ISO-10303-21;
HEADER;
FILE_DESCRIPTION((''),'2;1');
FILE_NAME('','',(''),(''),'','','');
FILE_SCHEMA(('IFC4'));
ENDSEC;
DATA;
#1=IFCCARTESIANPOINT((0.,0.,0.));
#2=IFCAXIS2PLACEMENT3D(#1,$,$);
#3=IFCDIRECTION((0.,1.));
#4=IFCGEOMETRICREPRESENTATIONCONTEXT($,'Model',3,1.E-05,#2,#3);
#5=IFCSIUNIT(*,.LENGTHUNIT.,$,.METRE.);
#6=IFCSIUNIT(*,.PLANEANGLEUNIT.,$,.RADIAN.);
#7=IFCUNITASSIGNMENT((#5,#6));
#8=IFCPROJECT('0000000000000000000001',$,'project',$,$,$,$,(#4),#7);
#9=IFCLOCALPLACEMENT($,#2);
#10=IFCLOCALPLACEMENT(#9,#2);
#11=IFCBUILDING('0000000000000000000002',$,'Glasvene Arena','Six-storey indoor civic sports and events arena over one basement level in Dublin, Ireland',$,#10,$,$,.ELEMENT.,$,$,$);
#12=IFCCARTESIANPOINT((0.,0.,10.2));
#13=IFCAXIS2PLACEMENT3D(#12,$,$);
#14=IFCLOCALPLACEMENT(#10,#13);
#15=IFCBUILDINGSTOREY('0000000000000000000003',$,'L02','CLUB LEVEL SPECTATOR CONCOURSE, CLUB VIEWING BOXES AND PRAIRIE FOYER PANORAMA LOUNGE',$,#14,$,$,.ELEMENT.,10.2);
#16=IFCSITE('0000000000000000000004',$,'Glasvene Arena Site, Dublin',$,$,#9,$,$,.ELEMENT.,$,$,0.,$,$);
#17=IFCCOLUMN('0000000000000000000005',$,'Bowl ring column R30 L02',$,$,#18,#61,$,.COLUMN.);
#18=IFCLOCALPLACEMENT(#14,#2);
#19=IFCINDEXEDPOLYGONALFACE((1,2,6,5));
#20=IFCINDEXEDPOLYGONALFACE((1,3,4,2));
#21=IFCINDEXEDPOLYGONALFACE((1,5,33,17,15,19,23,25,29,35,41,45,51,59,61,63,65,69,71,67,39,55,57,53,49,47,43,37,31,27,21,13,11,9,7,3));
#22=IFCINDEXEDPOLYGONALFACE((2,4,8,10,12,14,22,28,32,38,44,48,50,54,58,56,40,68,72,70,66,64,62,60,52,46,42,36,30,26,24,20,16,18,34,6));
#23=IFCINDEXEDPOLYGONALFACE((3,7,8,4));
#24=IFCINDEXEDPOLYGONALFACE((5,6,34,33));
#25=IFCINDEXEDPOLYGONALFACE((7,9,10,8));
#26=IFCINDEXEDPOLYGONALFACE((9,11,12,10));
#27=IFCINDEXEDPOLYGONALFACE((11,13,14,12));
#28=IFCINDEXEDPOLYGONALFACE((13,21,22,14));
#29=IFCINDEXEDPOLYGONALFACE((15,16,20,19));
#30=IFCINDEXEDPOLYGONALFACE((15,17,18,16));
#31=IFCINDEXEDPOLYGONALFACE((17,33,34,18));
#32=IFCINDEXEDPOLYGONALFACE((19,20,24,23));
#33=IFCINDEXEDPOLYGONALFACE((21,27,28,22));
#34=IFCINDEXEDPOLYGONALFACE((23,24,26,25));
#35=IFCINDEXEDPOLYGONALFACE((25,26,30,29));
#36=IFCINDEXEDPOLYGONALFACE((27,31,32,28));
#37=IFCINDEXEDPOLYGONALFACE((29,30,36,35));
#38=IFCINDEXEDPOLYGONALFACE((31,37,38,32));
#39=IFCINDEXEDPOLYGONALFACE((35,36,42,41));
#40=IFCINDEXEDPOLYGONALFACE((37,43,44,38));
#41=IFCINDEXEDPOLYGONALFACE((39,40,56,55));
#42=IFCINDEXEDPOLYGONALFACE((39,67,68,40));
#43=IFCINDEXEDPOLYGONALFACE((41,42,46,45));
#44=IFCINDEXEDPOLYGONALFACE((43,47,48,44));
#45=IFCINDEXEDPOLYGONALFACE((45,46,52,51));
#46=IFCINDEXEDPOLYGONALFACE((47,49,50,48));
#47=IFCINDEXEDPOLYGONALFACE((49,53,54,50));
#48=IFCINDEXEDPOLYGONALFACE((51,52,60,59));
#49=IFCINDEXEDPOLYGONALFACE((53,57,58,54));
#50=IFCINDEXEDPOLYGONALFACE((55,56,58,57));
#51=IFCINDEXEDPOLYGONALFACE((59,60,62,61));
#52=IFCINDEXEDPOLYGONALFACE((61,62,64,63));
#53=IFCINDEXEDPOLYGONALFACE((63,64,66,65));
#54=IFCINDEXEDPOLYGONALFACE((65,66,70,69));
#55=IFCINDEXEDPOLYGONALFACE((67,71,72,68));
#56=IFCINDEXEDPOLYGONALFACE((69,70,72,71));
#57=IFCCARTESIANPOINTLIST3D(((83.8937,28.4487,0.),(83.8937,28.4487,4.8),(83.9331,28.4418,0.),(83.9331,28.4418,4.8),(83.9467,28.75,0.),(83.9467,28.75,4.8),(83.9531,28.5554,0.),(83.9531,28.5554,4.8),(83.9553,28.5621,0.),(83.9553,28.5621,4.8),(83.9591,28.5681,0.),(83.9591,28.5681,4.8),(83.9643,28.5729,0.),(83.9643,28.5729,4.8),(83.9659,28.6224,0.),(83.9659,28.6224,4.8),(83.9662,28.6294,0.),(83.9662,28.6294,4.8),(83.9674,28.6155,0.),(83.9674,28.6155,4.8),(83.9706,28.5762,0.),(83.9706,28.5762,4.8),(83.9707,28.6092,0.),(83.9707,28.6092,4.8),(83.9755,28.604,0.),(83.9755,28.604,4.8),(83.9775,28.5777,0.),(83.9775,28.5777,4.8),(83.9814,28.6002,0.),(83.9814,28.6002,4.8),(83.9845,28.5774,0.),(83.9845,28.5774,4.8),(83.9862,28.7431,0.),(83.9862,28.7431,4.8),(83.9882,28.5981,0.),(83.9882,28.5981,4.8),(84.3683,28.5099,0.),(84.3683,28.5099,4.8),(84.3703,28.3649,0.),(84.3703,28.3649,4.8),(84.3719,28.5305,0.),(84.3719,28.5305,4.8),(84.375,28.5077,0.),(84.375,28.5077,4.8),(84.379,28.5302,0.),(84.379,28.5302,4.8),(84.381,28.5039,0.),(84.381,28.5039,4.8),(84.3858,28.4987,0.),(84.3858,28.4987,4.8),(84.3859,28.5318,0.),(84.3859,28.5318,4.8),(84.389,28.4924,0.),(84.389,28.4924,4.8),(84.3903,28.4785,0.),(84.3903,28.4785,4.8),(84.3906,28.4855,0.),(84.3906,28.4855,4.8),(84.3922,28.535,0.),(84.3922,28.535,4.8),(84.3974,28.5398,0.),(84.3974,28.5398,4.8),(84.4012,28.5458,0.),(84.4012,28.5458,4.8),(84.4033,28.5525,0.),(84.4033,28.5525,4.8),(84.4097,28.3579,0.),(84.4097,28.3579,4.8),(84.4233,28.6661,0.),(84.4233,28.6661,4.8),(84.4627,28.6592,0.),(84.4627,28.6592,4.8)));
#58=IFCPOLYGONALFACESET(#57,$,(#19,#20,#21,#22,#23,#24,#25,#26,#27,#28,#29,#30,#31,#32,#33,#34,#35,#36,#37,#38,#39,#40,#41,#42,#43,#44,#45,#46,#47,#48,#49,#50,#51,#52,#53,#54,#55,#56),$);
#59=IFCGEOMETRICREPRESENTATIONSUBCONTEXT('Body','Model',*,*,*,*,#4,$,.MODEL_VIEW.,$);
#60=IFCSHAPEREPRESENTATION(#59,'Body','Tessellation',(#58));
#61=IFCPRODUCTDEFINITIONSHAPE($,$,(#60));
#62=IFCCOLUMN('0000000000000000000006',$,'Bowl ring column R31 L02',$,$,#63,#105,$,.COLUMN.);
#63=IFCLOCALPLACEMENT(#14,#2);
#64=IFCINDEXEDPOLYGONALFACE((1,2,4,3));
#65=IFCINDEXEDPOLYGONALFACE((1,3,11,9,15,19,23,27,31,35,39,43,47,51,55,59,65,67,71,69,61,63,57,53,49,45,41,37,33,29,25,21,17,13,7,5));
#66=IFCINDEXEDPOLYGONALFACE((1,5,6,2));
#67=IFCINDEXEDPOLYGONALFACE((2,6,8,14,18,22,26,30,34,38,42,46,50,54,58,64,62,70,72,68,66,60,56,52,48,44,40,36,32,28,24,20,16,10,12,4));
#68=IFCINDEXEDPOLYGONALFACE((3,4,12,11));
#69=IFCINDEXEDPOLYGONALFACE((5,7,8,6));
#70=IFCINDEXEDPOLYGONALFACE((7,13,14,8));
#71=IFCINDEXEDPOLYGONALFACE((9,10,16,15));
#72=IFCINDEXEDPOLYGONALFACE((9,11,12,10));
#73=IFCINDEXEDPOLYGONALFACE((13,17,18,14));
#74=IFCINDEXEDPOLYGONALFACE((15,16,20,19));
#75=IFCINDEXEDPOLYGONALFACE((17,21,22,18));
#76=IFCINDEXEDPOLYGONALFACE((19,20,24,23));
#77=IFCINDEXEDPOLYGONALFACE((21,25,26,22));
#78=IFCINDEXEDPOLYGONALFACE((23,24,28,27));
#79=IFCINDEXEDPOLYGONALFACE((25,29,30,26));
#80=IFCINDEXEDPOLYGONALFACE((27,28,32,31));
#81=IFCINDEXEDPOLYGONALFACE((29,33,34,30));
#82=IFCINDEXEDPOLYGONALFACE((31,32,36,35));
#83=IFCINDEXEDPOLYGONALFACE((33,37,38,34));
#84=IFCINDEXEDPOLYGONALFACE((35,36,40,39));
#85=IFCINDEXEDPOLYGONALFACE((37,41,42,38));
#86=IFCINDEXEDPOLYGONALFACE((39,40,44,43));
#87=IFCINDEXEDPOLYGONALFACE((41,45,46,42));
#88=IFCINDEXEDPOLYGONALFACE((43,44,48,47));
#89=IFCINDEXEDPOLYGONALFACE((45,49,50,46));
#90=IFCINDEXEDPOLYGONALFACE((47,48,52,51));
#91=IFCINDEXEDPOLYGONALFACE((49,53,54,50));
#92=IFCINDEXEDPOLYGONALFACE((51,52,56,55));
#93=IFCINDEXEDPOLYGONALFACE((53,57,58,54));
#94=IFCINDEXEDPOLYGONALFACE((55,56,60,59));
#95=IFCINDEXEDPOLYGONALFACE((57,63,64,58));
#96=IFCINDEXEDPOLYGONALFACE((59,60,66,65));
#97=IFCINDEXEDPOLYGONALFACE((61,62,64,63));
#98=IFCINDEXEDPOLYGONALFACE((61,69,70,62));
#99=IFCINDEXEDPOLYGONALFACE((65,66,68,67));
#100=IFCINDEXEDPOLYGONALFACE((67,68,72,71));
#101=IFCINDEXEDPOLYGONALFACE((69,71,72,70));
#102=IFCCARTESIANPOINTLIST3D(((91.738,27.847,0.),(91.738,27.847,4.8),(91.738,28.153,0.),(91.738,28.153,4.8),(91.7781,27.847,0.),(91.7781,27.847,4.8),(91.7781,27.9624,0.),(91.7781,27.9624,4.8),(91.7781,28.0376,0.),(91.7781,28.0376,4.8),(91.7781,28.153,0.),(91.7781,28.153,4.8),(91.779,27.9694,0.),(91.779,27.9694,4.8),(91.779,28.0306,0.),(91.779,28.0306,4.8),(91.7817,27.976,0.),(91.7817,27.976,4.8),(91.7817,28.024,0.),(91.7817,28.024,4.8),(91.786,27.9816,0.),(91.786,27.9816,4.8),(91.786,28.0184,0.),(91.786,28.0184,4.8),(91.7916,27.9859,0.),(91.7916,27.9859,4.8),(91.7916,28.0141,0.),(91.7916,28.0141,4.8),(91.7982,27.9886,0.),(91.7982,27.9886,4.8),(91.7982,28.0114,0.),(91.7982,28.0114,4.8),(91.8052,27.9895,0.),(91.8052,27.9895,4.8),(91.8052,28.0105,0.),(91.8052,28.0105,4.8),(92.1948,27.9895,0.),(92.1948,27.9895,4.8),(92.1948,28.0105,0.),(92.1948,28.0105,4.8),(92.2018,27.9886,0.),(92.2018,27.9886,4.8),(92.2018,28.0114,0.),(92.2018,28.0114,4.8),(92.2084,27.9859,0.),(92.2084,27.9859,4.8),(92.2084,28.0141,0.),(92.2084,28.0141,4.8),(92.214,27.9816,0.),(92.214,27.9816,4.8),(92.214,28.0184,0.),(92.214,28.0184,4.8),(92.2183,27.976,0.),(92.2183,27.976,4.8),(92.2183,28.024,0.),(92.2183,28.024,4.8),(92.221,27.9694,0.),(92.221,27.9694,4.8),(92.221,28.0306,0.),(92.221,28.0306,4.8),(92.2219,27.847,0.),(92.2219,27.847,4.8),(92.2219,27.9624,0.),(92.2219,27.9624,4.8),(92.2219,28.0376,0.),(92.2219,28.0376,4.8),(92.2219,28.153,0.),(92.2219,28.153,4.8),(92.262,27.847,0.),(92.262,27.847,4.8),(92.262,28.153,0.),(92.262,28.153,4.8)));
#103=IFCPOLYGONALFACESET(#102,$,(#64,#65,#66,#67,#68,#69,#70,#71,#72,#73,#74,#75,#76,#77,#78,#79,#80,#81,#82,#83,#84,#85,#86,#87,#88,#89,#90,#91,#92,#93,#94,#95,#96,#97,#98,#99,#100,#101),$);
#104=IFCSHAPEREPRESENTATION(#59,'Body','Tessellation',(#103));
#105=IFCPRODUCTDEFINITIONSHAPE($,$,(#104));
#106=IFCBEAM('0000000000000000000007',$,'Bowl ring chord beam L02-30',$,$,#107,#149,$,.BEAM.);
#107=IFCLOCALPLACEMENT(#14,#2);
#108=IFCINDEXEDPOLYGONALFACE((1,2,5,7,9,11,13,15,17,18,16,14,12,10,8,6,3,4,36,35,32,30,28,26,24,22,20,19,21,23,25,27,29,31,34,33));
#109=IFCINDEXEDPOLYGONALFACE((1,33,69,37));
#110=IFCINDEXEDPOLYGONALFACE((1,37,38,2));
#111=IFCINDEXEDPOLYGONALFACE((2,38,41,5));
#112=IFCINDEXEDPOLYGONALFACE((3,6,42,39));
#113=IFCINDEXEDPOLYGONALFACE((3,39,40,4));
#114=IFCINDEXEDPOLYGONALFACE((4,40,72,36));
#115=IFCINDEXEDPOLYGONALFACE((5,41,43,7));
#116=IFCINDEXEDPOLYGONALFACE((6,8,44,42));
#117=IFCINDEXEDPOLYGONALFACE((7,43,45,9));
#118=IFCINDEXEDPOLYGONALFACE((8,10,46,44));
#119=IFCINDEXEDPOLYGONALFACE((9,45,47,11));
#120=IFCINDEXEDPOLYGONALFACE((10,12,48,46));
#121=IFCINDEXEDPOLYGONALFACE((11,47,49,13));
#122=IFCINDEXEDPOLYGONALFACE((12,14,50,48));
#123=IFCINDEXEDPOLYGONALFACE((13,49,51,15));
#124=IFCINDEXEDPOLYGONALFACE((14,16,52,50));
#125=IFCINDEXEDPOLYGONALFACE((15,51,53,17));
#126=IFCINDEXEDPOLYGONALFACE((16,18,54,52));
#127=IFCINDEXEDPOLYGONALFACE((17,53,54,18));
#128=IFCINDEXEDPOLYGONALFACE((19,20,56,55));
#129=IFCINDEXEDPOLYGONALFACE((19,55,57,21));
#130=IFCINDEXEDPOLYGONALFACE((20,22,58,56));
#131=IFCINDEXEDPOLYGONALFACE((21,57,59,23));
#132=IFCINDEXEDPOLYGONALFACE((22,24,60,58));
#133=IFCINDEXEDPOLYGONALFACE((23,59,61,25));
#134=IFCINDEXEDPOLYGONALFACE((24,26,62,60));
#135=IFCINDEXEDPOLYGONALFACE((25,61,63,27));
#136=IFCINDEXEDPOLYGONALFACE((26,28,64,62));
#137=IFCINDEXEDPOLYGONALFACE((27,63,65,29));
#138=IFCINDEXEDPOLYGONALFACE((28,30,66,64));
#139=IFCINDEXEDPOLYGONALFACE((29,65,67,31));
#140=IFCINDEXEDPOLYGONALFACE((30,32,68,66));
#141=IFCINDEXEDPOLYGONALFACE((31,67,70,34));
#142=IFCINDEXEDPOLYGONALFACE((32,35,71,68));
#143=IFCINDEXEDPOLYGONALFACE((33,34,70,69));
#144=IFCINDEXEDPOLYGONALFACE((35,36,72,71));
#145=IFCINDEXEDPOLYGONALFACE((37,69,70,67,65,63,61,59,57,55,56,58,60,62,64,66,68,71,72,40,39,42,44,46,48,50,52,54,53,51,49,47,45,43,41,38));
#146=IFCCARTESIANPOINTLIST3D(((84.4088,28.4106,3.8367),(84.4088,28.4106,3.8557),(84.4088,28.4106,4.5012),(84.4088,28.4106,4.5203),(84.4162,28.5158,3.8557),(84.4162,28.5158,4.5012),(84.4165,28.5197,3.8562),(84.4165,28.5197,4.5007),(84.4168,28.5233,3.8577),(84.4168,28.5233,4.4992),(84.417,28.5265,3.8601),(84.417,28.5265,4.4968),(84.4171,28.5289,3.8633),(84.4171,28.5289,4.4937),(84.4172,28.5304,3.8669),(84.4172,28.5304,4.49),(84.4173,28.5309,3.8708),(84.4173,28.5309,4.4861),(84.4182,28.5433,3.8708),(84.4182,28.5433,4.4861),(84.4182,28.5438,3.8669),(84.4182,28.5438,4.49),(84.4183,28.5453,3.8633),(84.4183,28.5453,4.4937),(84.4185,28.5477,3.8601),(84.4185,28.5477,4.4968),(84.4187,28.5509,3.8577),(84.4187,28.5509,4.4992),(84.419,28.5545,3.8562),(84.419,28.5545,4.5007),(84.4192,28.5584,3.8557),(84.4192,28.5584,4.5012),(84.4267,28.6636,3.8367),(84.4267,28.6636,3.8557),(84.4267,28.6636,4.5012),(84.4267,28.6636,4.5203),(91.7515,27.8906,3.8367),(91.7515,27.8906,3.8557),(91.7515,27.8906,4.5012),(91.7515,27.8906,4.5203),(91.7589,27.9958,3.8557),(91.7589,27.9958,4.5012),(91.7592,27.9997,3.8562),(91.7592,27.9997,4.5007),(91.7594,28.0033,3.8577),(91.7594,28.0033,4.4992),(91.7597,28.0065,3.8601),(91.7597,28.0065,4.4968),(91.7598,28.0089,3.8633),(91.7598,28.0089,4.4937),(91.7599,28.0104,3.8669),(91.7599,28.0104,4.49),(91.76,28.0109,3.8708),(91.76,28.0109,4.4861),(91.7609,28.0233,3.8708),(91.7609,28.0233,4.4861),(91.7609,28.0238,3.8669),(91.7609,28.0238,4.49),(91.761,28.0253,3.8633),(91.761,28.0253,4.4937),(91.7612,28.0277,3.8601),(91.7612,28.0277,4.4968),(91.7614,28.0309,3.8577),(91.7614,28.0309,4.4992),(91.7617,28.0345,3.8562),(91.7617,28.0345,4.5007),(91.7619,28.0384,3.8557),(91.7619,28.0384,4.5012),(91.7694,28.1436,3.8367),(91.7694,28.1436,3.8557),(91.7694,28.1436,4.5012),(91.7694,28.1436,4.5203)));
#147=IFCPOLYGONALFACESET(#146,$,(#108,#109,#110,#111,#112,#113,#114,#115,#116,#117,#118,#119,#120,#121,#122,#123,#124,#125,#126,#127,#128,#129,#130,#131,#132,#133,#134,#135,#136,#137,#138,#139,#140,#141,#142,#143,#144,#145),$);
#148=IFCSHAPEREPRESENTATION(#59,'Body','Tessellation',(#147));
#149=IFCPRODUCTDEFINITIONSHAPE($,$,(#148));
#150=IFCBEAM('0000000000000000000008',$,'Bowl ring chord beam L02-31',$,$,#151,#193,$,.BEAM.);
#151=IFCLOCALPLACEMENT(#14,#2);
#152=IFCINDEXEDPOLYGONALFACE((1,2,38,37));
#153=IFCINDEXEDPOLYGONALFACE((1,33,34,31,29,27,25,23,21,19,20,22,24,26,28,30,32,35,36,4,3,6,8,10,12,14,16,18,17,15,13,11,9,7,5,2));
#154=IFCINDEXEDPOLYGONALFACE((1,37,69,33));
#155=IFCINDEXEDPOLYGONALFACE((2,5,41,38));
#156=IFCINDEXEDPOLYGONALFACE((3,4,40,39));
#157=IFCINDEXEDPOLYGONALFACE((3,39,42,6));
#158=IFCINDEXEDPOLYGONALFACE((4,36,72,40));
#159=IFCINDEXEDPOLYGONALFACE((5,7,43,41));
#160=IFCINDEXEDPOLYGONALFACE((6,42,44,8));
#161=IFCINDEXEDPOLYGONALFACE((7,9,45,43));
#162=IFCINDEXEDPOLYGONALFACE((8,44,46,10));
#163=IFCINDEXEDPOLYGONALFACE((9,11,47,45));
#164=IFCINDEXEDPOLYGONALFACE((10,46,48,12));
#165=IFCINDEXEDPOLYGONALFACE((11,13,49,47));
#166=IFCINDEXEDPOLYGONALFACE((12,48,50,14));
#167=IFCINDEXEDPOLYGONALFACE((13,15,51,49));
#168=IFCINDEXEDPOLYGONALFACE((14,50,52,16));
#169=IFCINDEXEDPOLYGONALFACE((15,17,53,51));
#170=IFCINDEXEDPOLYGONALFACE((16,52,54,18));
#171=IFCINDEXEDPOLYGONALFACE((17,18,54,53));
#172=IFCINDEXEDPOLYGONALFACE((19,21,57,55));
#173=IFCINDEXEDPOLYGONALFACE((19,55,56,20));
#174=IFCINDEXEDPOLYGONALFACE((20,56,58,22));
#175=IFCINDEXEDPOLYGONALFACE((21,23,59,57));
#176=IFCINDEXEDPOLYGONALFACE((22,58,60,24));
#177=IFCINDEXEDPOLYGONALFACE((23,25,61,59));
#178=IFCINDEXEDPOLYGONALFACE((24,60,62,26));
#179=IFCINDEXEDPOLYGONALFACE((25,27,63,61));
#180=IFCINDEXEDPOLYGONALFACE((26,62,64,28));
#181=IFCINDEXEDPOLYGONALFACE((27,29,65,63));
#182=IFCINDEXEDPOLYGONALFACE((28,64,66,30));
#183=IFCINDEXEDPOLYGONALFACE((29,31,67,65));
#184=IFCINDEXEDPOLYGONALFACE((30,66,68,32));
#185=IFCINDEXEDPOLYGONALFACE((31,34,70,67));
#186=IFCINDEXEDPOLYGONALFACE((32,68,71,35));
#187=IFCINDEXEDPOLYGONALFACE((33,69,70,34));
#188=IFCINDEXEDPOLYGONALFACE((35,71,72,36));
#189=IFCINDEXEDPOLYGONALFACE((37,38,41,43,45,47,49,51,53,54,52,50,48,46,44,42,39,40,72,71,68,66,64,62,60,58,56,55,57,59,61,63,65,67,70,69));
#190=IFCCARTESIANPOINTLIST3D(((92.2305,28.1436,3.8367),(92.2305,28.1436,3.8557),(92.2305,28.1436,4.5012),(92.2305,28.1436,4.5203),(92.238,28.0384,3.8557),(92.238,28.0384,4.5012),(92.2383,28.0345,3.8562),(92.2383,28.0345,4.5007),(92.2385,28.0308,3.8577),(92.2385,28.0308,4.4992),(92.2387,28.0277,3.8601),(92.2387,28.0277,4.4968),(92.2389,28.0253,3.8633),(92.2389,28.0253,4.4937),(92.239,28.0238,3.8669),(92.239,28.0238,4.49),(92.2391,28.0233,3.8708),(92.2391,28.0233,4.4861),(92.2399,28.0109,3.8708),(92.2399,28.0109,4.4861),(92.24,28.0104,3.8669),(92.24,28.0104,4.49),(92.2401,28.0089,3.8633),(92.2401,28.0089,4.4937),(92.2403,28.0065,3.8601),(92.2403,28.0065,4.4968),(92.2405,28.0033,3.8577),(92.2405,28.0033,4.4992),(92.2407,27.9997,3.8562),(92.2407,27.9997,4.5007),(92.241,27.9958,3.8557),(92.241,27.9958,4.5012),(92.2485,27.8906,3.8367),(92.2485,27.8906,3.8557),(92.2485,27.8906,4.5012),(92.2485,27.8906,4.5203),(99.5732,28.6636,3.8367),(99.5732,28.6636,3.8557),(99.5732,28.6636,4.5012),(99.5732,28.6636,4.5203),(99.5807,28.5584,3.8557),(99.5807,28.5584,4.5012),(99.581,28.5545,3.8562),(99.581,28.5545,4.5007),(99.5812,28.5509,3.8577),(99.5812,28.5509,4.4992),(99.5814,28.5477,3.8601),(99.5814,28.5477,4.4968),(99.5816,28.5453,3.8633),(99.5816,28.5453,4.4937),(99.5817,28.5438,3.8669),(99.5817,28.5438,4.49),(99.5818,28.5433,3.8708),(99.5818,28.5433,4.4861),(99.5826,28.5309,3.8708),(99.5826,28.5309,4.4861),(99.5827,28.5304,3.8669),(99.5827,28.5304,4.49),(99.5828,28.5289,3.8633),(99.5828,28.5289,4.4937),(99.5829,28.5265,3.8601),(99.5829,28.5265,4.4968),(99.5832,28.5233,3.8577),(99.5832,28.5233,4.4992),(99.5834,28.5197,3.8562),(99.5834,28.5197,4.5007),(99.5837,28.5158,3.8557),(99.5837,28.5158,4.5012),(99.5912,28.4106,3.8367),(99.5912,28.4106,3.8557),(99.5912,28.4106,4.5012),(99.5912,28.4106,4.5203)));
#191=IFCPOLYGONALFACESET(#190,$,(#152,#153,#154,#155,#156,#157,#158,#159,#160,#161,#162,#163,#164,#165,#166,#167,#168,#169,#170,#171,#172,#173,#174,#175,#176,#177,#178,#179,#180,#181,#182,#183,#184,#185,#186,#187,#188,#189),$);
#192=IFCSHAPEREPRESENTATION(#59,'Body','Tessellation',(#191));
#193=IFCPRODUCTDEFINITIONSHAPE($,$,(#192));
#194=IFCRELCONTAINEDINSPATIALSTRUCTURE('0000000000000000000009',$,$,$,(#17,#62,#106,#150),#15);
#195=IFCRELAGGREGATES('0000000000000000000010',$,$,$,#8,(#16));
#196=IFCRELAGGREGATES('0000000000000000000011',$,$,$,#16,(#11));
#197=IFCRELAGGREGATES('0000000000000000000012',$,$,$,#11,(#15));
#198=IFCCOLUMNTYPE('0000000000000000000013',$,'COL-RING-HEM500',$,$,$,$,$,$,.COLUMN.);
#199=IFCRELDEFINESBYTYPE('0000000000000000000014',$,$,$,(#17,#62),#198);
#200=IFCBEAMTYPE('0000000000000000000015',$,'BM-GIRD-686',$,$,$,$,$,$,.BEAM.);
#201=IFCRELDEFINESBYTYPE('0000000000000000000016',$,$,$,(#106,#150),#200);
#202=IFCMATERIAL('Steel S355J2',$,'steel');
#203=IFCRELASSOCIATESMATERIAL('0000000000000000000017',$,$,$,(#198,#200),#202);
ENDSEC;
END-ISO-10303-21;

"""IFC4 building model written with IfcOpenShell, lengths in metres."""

from ifc_helpers import new_model, si_unit, direction, frame, origin, origin_2d, place, context, subcontext, project, spatial, i_section, extrude, material, material_profile, profile_set, type_object, element, save


model = new_model("IFC4")

# Units and contexts
model_context = context("Model", 3, precision=1e-05, world=origin(), true_north=direction((0.0, 1.0)))
body_context = subcontext(model_context, "Body", "Model", "MODEL_VIEW")
ifc_project = project(units=[si_unit("LENGTHUNIT", "METRE"), si_unit("PLANEANGLEUNIT", "RADIAN")], contexts=[model_context])

# Site, building, storey
site_placement = place(None, origin())
site = spatial("IfcSite", under=ifc_project, at=site_placement, Name="Glasvene Arena Site, Dublin", CompositionType="ELEMENT", RefElevation=0.0)
building_placement = place(site_placement, origin())
building = spatial("IfcBuilding", under=site, at=building_placement, Name="Glasvene Arena", Description="Six-storey indoor civic sports and events arena over one basement level in Dublin, Ireland", CompositionType="ELEMENT")
storey_placement = place(building_placement, frame((0.0, 0.0, 10.2)))
storey = spatial("IfcBuildingStorey", under=building, at=storey_placement, Name="L02", Description="CLUB LEVEL SPECTATOR CONCOURSE, CLUB VIEWING BOXES AND PRAIRIE FOYER PANORAMA LOUNGE", CompositionType="ELEMENT", Elevation=10.2)

# Columns
ifc_material_1 = material(Name="Steel S355J2", Category="steel")
ifc_material_profile_1 = material_profile(ifc_material_1, i_section(OverallWidth=0.3059, OverallDepth=0.5239, WebThickness=0.021, FlangeThickness=0.04, FilletRadius=0.0271, at=origin_2d()), Name="HEM 500")
ifc_profile_set_1 = profile_set([ifc_material_profile_1], Name="Steel S355J2")
column_type = type_object("IfcColumnType", Name="COL-RING-HEM500", PredefinedType="COLUMN", material=ifc_profile_set_1)
for number, where, z_axis, x_axis, name in (
    (1, (84.1782, 28.554, 0.0), (0.0, 0.0, 1.0), (-0.173304, -0.984868, 0.0), "Bowl ring column R30 L02"),
    (2, (92.0, 28.0, 0.0), (0.0, 0.0, 1.0), (0.0, -1.0, 0.0), "Bowl ring column R31 L02"),
):
    element("IfcColumn", number, at=place(storey_placement, frame(where, z_axis=z_axis, x_axis=x_axis)), inside=storey, type_object=column_type, Name=name, PredefinedType="COLUMN", context=body_context, shape_type="SweptSolid", body=[
        extrude(i_section(OverallWidth=0.3059, OverallDepth=0.5239, WebThickness=0.021, FlangeThickness=0.04, FilletRadius=0.0271, at=origin_2d()), origin(), (0.0, 0.0, 1.0), 4.8),
    ])

# Beams
ifc_material_profile_2 = material_profile(ifc_material_1, i_section(OverallWidth=0.2537, OverallDepth=0.6836, WebThickness=0.0125, FlangeThickness=0.019, FilletRadius=0.0151, at=origin_2d()), Name="UKB 686x254x140")
ifc_profile_set_2 = profile_set([ifc_material_profile_2], Name="Steel S355J2")
beam_type = type_object("IfcBeamType", Name="BM-GIRD-686", PredefinedType="BEAM", material=ifc_profile_set_2)
for number, where, z_axis, x_axis, name in (
    (3, (84.4177, 28.5371, 4.1785), (0.997502, -0.070644, 0.0), (0.070644, 0.997502, 0.0), "Bowl ring chord beam L02-30"),
    (4, (92.2395, 28.0171, 4.1785), (0.997502, 0.070644, 0.0), (-0.070644, 0.997502, 0.0), "Bowl ring chord beam L02-31"),
):
    element("IfcBeam", number, at=place(storey_placement, frame(where, z_axis=z_axis, x_axis=x_axis)), inside=storey, type_object=beam_type, Name=name, PredefinedType="BEAM", context=body_context, shape_type="SweptSolid", body=[
        extrude(i_section(OverallWidth=0.2537, OverallDepth=0.6836, WebThickness=0.0125, FlangeThickness=0.019, FilletRadius=0.0151, at=origin_2d()), origin(), (0.0, 0.0, 1.0), 7.3611),
    ])

save(model, "model.ifc")
